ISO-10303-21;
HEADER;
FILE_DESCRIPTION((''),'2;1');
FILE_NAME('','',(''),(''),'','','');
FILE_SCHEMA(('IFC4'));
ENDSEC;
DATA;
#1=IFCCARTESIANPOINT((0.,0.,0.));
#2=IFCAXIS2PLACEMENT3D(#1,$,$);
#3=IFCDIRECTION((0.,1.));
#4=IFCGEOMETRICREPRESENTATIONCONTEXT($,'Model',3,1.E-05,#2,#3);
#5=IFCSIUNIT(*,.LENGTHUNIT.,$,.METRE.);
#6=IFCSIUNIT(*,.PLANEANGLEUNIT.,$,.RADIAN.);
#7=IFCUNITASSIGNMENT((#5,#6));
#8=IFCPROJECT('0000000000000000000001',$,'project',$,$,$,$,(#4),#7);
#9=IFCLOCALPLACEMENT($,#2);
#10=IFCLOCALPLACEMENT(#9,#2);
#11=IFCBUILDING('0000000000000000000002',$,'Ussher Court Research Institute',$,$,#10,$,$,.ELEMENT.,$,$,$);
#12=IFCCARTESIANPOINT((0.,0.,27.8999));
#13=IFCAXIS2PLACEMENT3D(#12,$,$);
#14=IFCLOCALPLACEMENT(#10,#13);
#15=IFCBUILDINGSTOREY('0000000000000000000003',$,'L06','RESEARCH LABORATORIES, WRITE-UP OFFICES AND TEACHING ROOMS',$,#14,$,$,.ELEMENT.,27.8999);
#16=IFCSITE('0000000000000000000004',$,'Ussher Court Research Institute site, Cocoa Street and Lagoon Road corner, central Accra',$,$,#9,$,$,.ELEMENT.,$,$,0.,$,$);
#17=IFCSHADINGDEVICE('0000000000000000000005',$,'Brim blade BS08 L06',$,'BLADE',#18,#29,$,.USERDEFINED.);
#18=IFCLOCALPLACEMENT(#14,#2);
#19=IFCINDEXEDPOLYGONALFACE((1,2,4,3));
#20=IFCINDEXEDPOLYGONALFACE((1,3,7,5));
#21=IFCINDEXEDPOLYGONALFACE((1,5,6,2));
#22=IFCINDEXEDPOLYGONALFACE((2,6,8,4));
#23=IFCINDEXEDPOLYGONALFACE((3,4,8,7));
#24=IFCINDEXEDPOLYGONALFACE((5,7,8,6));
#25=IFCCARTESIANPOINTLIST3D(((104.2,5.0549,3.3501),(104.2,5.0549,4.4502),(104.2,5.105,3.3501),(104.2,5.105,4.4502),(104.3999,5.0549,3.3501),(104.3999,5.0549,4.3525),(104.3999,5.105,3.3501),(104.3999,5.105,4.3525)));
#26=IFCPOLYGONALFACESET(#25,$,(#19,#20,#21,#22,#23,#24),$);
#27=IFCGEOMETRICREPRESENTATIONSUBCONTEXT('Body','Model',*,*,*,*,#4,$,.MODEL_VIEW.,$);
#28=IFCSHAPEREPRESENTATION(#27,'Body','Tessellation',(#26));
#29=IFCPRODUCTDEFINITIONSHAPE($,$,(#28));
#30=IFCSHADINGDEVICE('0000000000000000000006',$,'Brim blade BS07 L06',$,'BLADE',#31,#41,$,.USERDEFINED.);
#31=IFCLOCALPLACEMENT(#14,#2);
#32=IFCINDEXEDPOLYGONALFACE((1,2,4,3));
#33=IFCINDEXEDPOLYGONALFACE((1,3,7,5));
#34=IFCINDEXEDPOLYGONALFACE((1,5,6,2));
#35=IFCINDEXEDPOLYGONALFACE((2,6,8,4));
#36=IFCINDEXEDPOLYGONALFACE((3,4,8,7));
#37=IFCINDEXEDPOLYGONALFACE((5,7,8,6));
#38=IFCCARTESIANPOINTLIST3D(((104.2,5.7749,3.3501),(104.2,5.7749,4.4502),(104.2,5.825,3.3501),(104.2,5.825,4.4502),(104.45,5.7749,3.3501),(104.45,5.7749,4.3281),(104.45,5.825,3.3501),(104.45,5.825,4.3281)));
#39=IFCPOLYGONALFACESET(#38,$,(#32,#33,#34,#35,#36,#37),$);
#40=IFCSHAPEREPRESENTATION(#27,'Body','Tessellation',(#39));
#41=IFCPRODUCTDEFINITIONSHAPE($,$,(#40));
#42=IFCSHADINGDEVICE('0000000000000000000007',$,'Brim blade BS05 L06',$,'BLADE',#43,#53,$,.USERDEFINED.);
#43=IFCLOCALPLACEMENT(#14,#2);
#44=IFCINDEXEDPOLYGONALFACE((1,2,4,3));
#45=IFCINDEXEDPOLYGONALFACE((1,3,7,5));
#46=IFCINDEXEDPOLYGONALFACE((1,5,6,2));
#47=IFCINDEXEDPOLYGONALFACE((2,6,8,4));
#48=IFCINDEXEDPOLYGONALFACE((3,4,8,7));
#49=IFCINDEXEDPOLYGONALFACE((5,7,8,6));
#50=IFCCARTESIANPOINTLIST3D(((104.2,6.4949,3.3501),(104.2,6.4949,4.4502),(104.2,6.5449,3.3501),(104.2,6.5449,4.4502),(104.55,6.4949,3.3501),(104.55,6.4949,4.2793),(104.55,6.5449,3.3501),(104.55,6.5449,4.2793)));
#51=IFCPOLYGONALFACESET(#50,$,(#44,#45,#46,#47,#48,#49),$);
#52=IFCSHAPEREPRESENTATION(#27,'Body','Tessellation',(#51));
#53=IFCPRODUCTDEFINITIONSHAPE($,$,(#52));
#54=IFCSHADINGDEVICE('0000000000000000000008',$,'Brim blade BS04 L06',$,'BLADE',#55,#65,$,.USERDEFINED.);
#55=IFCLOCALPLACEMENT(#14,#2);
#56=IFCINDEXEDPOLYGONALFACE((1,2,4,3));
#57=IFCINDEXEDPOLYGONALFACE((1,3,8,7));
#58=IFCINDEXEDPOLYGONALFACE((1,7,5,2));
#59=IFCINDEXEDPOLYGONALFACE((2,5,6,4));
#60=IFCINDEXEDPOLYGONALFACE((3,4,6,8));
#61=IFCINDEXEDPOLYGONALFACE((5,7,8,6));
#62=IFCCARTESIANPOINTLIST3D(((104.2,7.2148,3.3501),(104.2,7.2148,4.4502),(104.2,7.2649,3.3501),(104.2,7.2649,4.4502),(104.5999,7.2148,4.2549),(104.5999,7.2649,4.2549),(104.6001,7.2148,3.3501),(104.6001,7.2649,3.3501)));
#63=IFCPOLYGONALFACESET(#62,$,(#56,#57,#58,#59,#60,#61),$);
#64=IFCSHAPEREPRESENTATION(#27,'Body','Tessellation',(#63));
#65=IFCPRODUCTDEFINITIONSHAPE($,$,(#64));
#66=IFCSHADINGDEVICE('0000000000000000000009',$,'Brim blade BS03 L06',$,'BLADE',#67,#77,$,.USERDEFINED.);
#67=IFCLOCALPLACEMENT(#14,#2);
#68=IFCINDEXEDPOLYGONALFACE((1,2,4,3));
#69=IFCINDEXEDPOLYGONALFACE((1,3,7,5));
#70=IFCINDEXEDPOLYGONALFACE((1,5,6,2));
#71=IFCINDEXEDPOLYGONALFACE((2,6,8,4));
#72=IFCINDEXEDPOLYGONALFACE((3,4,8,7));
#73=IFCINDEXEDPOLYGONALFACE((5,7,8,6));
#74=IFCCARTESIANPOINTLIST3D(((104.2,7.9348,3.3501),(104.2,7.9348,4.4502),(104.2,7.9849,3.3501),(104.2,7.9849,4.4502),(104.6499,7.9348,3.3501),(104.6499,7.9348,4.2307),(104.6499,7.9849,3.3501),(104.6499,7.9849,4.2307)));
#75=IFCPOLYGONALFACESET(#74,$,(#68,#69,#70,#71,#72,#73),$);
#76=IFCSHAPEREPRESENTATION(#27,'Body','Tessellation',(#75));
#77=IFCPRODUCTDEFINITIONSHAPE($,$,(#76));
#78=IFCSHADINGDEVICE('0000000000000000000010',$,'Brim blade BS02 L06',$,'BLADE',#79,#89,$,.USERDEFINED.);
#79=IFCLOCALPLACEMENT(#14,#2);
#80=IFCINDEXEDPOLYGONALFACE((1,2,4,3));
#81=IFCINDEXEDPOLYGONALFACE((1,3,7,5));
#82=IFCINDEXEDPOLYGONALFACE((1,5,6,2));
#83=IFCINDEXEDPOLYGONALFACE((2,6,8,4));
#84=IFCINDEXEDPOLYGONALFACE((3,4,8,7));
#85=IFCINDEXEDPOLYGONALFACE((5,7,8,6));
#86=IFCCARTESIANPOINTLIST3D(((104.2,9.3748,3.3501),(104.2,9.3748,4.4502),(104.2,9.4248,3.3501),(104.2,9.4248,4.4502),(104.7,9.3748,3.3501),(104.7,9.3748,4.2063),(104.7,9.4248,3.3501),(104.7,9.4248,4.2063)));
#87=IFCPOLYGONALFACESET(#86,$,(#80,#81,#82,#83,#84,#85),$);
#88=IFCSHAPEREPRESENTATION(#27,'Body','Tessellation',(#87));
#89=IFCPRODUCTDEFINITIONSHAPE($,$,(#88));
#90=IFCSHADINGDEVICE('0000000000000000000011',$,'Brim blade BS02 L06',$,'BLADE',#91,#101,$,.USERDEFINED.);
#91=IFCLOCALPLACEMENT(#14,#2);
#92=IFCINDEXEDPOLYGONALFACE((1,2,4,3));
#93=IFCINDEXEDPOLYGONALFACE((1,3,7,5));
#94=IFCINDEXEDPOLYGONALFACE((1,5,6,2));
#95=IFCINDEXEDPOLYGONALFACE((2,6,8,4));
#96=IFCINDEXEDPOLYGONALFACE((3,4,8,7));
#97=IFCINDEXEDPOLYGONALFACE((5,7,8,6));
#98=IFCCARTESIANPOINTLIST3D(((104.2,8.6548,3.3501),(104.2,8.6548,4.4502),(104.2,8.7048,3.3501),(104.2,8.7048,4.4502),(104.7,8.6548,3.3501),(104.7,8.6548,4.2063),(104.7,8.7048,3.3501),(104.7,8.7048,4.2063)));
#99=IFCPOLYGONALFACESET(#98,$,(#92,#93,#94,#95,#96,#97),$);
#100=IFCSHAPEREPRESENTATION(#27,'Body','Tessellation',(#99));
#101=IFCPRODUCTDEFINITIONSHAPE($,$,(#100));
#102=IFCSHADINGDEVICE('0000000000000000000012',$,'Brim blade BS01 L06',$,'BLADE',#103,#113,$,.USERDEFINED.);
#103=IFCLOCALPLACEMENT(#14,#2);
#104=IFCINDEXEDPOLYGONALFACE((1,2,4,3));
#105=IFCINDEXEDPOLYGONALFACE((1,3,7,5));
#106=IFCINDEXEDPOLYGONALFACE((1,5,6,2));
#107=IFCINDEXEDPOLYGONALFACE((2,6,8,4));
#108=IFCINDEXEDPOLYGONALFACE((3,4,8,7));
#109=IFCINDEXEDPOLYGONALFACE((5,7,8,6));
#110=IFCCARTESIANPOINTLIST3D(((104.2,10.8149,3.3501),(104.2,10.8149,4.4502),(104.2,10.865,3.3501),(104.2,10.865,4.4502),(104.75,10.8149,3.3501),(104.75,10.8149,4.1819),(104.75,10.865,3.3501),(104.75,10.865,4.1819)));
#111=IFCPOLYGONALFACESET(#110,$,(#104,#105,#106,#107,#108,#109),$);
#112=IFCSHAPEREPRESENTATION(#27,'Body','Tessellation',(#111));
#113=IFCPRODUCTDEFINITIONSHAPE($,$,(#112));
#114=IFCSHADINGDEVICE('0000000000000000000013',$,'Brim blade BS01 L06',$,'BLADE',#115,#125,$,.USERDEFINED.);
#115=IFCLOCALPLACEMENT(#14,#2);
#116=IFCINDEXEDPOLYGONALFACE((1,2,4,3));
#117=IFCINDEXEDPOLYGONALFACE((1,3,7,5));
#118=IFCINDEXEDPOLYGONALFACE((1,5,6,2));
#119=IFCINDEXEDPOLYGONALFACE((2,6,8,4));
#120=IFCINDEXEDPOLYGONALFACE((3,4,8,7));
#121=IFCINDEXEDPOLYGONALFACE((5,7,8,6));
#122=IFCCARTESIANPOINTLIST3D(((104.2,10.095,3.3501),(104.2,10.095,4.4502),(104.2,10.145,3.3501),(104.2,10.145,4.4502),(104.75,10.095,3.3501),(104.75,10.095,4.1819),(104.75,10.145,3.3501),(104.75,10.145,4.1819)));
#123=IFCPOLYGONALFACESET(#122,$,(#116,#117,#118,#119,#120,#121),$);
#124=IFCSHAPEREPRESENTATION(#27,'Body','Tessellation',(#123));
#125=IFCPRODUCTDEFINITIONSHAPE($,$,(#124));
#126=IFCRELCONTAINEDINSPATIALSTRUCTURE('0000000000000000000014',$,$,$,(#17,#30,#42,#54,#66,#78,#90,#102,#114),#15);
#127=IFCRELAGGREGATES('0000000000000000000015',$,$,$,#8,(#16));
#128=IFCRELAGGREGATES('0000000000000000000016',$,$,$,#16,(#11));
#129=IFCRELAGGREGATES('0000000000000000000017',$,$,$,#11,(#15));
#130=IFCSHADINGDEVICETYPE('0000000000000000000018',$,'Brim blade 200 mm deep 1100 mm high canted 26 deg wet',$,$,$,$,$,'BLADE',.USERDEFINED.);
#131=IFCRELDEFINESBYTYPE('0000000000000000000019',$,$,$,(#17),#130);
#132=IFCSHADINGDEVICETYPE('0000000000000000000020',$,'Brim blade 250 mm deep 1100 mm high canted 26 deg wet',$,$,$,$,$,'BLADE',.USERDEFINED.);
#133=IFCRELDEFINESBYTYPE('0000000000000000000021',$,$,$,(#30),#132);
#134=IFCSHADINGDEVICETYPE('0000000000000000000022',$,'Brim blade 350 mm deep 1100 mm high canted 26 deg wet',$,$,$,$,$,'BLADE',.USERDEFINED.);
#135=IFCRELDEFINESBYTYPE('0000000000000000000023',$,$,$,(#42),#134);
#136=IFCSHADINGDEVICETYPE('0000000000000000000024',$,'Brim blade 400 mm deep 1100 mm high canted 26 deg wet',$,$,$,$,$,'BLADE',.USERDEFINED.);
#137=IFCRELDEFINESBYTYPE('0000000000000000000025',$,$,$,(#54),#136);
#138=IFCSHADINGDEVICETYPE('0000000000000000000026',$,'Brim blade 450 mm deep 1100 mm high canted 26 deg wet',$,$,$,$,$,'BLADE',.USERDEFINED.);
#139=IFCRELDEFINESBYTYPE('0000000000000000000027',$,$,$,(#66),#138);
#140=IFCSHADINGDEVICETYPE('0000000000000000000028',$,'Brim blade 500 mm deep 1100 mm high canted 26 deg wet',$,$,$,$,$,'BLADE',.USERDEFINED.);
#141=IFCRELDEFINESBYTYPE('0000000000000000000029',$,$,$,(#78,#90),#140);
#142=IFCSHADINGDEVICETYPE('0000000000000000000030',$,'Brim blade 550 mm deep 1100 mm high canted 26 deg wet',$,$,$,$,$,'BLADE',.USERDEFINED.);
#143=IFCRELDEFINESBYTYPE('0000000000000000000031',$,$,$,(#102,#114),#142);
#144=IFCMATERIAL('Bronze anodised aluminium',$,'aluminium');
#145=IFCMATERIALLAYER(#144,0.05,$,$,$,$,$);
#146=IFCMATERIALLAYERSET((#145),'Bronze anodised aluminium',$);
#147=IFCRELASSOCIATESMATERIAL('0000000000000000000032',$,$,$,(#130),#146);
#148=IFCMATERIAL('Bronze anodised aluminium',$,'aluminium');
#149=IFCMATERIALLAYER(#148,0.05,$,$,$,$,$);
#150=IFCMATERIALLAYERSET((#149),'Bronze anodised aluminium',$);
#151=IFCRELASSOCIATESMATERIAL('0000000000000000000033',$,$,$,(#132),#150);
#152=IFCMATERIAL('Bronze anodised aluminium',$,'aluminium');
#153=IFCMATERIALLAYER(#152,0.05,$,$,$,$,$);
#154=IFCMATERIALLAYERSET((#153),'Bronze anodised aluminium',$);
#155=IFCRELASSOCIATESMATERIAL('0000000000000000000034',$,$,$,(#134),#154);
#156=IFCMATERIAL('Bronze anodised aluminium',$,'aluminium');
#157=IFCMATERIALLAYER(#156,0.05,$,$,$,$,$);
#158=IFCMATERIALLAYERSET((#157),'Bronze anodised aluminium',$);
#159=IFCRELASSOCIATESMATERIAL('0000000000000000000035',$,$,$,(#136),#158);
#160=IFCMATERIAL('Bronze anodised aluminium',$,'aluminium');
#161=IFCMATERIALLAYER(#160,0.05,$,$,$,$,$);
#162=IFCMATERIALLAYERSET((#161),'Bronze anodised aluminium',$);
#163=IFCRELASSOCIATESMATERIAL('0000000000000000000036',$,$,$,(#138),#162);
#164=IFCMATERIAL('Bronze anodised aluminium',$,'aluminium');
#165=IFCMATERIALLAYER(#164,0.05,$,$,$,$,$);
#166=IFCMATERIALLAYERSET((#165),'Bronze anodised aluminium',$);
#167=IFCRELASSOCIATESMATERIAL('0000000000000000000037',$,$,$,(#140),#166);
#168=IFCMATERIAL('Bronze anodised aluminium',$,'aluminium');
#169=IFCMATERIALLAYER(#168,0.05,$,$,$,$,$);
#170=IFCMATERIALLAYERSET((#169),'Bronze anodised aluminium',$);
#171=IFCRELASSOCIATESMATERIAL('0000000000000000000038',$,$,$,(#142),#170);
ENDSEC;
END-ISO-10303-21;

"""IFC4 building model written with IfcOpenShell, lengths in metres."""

from ifc_helpers import new_model, si_unit, direction, frame, origin, place, context, subcontext, project, spatial, polyline, outline, extrude, material, layer, layer_set, type_object, element, save


model = new_model("IFC4")

# Units and contexts
model_context = context("Model", 3, precision=1e-05, world=origin(), true_north=direction((0.0, 1.0)))
body_context = subcontext(model_context, "Body", "Model", "MODEL_VIEW")
ifc_project = project(units=[si_unit("LENGTHUNIT", "METRE"), si_unit("PLANEANGLEUNIT", "RADIAN")], contexts=[model_context])

# Site, building, storey
site_placement = place(None, origin())
site = spatial("IfcSite", under=ifc_project, at=site_placement, Name="Ussher Court Research Institute site, Cocoa Street and Lagoon Road corner, central Accra", CompositionType="ELEMENT", RefElevation=0.0)
building_placement = place(site_placement, origin())
building = spatial("IfcBuilding", under=site, at=building_placement, Name="Ussher Court Research Institute", CompositionType="ELEMENT")
storey_placement = place(building_placement, frame((0.0, 0.0, 27.8999)))
storey = spatial("IfcBuildingStorey", under=building, at=storey_placement, Name="L06", Description="RESEARCH LABORATORIES, WRITE-UP OFFICES AND TEACHING ROOMS", CompositionType="ELEMENT", Elevation=27.8999)

# Shading devices
ifc_material_1 = material(Name="Bronze anodised aluminium", Category="aluminium")
ifc_layer_1 = layer(ifc_material_1, 0.05)
ifc_layer_set_1 = layer_set([ifc_layer_1], Name="Bronze anodised aluminium")
shading_device_type_1 = type_object("IfcShadingDeviceType", Name="Brim blade 200 mm deep 1100 mm high canted 26 deg wet", ElementType="BLADE", PredefinedType="USERDEFINED", material=ifc_layer_set_1)
shading_device_1_placement = place(storey_placement, frame((104.2, 5.0801, 3.3501), z_axis=(0.0, 0.0, 1.0), x_axis=(1.0, 0.0, 0.0)))
element("IfcShadingDevice", 1, at=shading_device_1_placement, inside=storey, type_object=shading_device_type_1, Name="Brim blade BS08 L06", ObjectType="BLADE", PredefinedType="USERDEFINED", context=body_context, shape_type="SweptSolid", body=[
    extrude(outline(polyline([(0.0, 0.0), (0.2, 0.0), (0.2, 1.0024), (0.0, 1.1001), (0.0, 0.0)])), frame((0.0, 0.0249, 0.0), z_axis=(0.0, -1.0, 0.0), x_axis=(1.0, 0.0, 0.0)), (0.0, 0.0, 1.0), 0.05),
])
ifc_material_2 = material(Name="Bronze anodised aluminium", Category="aluminium")
ifc_layer_2 = layer(ifc_material_2, 0.05)
ifc_layer_set_2 = layer_set([ifc_layer_2], Name="Bronze anodised aluminium")
shading_device_type_2 = type_object("IfcShadingDeviceType", Name="Brim blade 250 mm deep 1100 mm high canted 26 deg wet", ElementType="BLADE", PredefinedType="USERDEFINED", material=ifc_layer_set_2)
shading_device_2_placement = place(storey_placement, frame((104.2, 5.8, 3.3501), z_axis=(0.0, 0.0, 1.0), x_axis=(1.0, 0.0, 0.0)))
element("IfcShadingDevice", 2, at=shading_device_2_placement, inside=storey, type_object=shading_device_type_2, Name="Brim blade BS07 L06", ObjectType="BLADE", PredefinedType="USERDEFINED", context=body_context, shape_type="SweptSolid", body=[
    extrude(outline(polyline([(0.0, 0.0), (0.25, 0.0), (0.25, 0.978), (0.0, 1.1001), (0.0, 0.0)])), frame((0.0, 0.0249, 0.0), z_axis=(0.0, -1.0, 0.0), x_axis=(1.0, 0.0, 0.0)), (0.0, 0.0, 1.0), 0.05),
])
ifc_material_3 = material(Name="Bronze anodised aluminium", Category="aluminium")
ifc_layer_3 = layer(ifc_material_3, 0.05)
ifc_layer_set_3 = layer_set([ifc_layer_3], Name="Bronze anodised aluminium")
shading_device_type_3 = type_object("IfcShadingDeviceType", Name="Brim blade 350 mm deep 1100 mm high canted 26 deg wet", ElementType="BLADE", PredefinedType="USERDEFINED", material=ifc_layer_set_3)
shading_device_3_placement = place(storey_placement, frame((104.2, 6.52, 3.3501), z_axis=(0.0, 0.0, 1.0), x_axis=(1.0, 0.0, 0.0)))
element("IfcShadingDevice", 3, at=shading_device_3_placement, inside=storey, type_object=shading_device_type_3, Name="Brim blade BS05 L06", ObjectType="BLADE", PredefinedType="USERDEFINED", context=body_context, shape_type="SweptSolid", body=[
    extrude(outline(polyline([(0.0, 0.0), (0.3501, 0.0), (0.3501, 0.9292), (0.0, 1.1001), (0.0, 0.0)])), frame((0.0, 0.0249, 0.0), z_axis=(0.0, -1.0, 0.0), x_axis=(1.0, 0.0, 0.0)), (0.0, 0.0, 1.0), 0.05),
])
ifc_material_4 = material(Name="Bronze anodised aluminium", Category="aluminium")
ifc_layer_4 = layer(ifc_material_4, 0.05)
ifc_layer_set_4 = layer_set([ifc_layer_4], Name="Bronze anodised aluminium")
shading_device_type_4 = type_object("IfcShadingDeviceType", Name="Brim blade 400 mm deep 1100 mm high canted 26 deg wet", ElementType="BLADE", PredefinedType="USERDEFINED", material=ifc_layer_set_4)
shading_device_4_placement = place(storey_placement, frame((104.2, 7.24, 3.3501), z_axis=(0.0, 0.0, 1.0), x_axis=(1.0, 0.0, 0.0)))
element("IfcShadingDevice", 4, at=shading_device_4_placement, inside=storey, type_object=shading_device_type_4, Name="Brim blade BS04 L06", ObjectType="BLADE", PredefinedType="USERDEFINED", context=body_context, shape_type="SweptSolid", body=[
    extrude(outline(polyline([(0.0, 0.0), (0.4001, 0.0), (0.3999, 0.9048), (0.0, 1.1001), (0.0, 0.0)])), frame((0.0, 0.0249, 0.0), z_axis=(0.0, -1.0, 0.0), x_axis=(1.0, 0.0, 0.0)), (0.0, 0.0, 1.0), 0.05),
])
ifc_material_5 = material(Name="Bronze anodised aluminium", Category="aluminium")
ifc_layer_5 = layer(ifc_material_5, 0.05)
ifc_layer_set_5 = layer_set([ifc_layer_5], Name="Bronze anodised aluminium")
shading_device_type_5 = type_object("IfcShadingDeviceType", Name="Brim blade 450 mm deep 1100 mm high canted 26 deg wet", ElementType="BLADE", PredefinedType="USERDEFINED", material=ifc_layer_set_5)
shading_device_5_placement = place(storey_placement, frame((104.2, 7.96, 3.3501), z_axis=(0.0, 0.0, 1.0), x_axis=(1.0, 0.0, 0.0)))
element("IfcShadingDevice", 5, at=shading_device_5_placement, inside=storey, type_object=shading_device_type_5, Name="Brim blade BS03 L06", ObjectType="BLADE", PredefinedType="USERDEFINED", context=body_context, shape_type="SweptSolid", body=[
    extrude(outline(polyline([(0.0, 0.0), (0.45, 0.0), (0.45, 0.8806), (0.0, 1.1001), (0.0, 0.0)])), frame((0.0, 0.0249, 0.0), z_axis=(0.0, -1.0, 0.0), x_axis=(1.0, 0.0, 0.0)), (0.0, 0.0, 1.0), 0.05),
])
ifc_material_6 = material(Name="Bronze anodised aluminium", Category="aluminium")
ifc_layer_6 = layer(ifc_material_6, 0.05)
ifc_layer_set_6 = layer_set([ifc_layer_6], Name="Bronze anodised aluminium")
shading_device_type_6 = type_object("IfcShadingDeviceType", Name="Brim blade 500 mm deep 1100 mm high canted 26 deg wet", ElementType="BLADE", PredefinedType="USERDEFINED", material=ifc_layer_set_6)
for number, where, z_axis, x_axis, name in (
    (6, (104.2, 9.3999, 3.3501), (0.0, 0.0, 1.0), (1.0, 0.0, 0.0), "Brim blade BS02 L06"),
    (7, (104.2, 8.6799, 3.3501), (0.0, 0.0, 1.0), (1.0, 0.0, 0.0), "Brim blade BS02 L06"),
):
    element("IfcShadingDevice", number, at=place(storey_placement, frame(where, z_axis=z_axis, x_axis=x_axis)), inside=storey, type_object=shading_device_type_6, Name=name, ObjectType="BLADE", PredefinedType="USERDEFINED", context=body_context, shape_type="SweptSolid", body=[
        extrude(outline(polyline([(0.0, 0.0), (0.5, 0.0), (0.5, 0.8562), (0.0, 1.1001), (0.0, 0.0)])), frame((0.0, 0.0249, 0.0), z_axis=(0.0, -1.0, 0.0), x_axis=(1.0, 0.0, 0.0)), (0.0, 0.0, 1.0), 0.05),
    ])
ifc_material_7 = material(Name="Bronze anodised aluminium", Category="aluminium")
ifc_layer_7 = layer(ifc_material_7, 0.05)
ifc_layer_set_7 = layer_set([ifc_layer_7], Name="Bronze anodised aluminium")
shading_device_type_7 = type_object("IfcShadingDeviceType", Name="Brim blade 550 mm deep 1100 mm high canted 26 deg wet", ElementType="BLADE", PredefinedType="USERDEFINED", material=ifc_layer_set_7)
for number, where, z_axis, x_axis, name in (
    (8, (104.2, 10.8401, 3.3501), (0.0, 0.0, 1.0), (1.0, 0.0, 0.0), "Brim blade BS01 L06"),
    (9, (104.2, 10.1201, 3.3501), (0.0, 0.0, 1.0), (1.0, 0.0, 0.0), "Brim blade BS01 L06"),
):
    element("IfcShadingDevice", number, at=place(storey_placement, frame(where, z_axis=z_axis, x_axis=x_axis)), inside=storey, type_object=shading_device_type_7, Name=name, ObjectType="BLADE", PredefinedType="USERDEFINED", context=body_context, shape_type="SweptSolid", body=[
        extrude(outline(polyline([(0.0, 0.0), (0.55, 0.0), (0.55, 0.8318), (0.0, 1.1001), (0.0, 0.0)])), frame((0.0, 0.0249, 0.0), z_axis=(0.0, -1.0, 0.0), x_axis=(1.0, 0.0, 0.0)), (0.0, 0.0, 1.0), 0.05),
    ])

save(model, "model.ifc")
